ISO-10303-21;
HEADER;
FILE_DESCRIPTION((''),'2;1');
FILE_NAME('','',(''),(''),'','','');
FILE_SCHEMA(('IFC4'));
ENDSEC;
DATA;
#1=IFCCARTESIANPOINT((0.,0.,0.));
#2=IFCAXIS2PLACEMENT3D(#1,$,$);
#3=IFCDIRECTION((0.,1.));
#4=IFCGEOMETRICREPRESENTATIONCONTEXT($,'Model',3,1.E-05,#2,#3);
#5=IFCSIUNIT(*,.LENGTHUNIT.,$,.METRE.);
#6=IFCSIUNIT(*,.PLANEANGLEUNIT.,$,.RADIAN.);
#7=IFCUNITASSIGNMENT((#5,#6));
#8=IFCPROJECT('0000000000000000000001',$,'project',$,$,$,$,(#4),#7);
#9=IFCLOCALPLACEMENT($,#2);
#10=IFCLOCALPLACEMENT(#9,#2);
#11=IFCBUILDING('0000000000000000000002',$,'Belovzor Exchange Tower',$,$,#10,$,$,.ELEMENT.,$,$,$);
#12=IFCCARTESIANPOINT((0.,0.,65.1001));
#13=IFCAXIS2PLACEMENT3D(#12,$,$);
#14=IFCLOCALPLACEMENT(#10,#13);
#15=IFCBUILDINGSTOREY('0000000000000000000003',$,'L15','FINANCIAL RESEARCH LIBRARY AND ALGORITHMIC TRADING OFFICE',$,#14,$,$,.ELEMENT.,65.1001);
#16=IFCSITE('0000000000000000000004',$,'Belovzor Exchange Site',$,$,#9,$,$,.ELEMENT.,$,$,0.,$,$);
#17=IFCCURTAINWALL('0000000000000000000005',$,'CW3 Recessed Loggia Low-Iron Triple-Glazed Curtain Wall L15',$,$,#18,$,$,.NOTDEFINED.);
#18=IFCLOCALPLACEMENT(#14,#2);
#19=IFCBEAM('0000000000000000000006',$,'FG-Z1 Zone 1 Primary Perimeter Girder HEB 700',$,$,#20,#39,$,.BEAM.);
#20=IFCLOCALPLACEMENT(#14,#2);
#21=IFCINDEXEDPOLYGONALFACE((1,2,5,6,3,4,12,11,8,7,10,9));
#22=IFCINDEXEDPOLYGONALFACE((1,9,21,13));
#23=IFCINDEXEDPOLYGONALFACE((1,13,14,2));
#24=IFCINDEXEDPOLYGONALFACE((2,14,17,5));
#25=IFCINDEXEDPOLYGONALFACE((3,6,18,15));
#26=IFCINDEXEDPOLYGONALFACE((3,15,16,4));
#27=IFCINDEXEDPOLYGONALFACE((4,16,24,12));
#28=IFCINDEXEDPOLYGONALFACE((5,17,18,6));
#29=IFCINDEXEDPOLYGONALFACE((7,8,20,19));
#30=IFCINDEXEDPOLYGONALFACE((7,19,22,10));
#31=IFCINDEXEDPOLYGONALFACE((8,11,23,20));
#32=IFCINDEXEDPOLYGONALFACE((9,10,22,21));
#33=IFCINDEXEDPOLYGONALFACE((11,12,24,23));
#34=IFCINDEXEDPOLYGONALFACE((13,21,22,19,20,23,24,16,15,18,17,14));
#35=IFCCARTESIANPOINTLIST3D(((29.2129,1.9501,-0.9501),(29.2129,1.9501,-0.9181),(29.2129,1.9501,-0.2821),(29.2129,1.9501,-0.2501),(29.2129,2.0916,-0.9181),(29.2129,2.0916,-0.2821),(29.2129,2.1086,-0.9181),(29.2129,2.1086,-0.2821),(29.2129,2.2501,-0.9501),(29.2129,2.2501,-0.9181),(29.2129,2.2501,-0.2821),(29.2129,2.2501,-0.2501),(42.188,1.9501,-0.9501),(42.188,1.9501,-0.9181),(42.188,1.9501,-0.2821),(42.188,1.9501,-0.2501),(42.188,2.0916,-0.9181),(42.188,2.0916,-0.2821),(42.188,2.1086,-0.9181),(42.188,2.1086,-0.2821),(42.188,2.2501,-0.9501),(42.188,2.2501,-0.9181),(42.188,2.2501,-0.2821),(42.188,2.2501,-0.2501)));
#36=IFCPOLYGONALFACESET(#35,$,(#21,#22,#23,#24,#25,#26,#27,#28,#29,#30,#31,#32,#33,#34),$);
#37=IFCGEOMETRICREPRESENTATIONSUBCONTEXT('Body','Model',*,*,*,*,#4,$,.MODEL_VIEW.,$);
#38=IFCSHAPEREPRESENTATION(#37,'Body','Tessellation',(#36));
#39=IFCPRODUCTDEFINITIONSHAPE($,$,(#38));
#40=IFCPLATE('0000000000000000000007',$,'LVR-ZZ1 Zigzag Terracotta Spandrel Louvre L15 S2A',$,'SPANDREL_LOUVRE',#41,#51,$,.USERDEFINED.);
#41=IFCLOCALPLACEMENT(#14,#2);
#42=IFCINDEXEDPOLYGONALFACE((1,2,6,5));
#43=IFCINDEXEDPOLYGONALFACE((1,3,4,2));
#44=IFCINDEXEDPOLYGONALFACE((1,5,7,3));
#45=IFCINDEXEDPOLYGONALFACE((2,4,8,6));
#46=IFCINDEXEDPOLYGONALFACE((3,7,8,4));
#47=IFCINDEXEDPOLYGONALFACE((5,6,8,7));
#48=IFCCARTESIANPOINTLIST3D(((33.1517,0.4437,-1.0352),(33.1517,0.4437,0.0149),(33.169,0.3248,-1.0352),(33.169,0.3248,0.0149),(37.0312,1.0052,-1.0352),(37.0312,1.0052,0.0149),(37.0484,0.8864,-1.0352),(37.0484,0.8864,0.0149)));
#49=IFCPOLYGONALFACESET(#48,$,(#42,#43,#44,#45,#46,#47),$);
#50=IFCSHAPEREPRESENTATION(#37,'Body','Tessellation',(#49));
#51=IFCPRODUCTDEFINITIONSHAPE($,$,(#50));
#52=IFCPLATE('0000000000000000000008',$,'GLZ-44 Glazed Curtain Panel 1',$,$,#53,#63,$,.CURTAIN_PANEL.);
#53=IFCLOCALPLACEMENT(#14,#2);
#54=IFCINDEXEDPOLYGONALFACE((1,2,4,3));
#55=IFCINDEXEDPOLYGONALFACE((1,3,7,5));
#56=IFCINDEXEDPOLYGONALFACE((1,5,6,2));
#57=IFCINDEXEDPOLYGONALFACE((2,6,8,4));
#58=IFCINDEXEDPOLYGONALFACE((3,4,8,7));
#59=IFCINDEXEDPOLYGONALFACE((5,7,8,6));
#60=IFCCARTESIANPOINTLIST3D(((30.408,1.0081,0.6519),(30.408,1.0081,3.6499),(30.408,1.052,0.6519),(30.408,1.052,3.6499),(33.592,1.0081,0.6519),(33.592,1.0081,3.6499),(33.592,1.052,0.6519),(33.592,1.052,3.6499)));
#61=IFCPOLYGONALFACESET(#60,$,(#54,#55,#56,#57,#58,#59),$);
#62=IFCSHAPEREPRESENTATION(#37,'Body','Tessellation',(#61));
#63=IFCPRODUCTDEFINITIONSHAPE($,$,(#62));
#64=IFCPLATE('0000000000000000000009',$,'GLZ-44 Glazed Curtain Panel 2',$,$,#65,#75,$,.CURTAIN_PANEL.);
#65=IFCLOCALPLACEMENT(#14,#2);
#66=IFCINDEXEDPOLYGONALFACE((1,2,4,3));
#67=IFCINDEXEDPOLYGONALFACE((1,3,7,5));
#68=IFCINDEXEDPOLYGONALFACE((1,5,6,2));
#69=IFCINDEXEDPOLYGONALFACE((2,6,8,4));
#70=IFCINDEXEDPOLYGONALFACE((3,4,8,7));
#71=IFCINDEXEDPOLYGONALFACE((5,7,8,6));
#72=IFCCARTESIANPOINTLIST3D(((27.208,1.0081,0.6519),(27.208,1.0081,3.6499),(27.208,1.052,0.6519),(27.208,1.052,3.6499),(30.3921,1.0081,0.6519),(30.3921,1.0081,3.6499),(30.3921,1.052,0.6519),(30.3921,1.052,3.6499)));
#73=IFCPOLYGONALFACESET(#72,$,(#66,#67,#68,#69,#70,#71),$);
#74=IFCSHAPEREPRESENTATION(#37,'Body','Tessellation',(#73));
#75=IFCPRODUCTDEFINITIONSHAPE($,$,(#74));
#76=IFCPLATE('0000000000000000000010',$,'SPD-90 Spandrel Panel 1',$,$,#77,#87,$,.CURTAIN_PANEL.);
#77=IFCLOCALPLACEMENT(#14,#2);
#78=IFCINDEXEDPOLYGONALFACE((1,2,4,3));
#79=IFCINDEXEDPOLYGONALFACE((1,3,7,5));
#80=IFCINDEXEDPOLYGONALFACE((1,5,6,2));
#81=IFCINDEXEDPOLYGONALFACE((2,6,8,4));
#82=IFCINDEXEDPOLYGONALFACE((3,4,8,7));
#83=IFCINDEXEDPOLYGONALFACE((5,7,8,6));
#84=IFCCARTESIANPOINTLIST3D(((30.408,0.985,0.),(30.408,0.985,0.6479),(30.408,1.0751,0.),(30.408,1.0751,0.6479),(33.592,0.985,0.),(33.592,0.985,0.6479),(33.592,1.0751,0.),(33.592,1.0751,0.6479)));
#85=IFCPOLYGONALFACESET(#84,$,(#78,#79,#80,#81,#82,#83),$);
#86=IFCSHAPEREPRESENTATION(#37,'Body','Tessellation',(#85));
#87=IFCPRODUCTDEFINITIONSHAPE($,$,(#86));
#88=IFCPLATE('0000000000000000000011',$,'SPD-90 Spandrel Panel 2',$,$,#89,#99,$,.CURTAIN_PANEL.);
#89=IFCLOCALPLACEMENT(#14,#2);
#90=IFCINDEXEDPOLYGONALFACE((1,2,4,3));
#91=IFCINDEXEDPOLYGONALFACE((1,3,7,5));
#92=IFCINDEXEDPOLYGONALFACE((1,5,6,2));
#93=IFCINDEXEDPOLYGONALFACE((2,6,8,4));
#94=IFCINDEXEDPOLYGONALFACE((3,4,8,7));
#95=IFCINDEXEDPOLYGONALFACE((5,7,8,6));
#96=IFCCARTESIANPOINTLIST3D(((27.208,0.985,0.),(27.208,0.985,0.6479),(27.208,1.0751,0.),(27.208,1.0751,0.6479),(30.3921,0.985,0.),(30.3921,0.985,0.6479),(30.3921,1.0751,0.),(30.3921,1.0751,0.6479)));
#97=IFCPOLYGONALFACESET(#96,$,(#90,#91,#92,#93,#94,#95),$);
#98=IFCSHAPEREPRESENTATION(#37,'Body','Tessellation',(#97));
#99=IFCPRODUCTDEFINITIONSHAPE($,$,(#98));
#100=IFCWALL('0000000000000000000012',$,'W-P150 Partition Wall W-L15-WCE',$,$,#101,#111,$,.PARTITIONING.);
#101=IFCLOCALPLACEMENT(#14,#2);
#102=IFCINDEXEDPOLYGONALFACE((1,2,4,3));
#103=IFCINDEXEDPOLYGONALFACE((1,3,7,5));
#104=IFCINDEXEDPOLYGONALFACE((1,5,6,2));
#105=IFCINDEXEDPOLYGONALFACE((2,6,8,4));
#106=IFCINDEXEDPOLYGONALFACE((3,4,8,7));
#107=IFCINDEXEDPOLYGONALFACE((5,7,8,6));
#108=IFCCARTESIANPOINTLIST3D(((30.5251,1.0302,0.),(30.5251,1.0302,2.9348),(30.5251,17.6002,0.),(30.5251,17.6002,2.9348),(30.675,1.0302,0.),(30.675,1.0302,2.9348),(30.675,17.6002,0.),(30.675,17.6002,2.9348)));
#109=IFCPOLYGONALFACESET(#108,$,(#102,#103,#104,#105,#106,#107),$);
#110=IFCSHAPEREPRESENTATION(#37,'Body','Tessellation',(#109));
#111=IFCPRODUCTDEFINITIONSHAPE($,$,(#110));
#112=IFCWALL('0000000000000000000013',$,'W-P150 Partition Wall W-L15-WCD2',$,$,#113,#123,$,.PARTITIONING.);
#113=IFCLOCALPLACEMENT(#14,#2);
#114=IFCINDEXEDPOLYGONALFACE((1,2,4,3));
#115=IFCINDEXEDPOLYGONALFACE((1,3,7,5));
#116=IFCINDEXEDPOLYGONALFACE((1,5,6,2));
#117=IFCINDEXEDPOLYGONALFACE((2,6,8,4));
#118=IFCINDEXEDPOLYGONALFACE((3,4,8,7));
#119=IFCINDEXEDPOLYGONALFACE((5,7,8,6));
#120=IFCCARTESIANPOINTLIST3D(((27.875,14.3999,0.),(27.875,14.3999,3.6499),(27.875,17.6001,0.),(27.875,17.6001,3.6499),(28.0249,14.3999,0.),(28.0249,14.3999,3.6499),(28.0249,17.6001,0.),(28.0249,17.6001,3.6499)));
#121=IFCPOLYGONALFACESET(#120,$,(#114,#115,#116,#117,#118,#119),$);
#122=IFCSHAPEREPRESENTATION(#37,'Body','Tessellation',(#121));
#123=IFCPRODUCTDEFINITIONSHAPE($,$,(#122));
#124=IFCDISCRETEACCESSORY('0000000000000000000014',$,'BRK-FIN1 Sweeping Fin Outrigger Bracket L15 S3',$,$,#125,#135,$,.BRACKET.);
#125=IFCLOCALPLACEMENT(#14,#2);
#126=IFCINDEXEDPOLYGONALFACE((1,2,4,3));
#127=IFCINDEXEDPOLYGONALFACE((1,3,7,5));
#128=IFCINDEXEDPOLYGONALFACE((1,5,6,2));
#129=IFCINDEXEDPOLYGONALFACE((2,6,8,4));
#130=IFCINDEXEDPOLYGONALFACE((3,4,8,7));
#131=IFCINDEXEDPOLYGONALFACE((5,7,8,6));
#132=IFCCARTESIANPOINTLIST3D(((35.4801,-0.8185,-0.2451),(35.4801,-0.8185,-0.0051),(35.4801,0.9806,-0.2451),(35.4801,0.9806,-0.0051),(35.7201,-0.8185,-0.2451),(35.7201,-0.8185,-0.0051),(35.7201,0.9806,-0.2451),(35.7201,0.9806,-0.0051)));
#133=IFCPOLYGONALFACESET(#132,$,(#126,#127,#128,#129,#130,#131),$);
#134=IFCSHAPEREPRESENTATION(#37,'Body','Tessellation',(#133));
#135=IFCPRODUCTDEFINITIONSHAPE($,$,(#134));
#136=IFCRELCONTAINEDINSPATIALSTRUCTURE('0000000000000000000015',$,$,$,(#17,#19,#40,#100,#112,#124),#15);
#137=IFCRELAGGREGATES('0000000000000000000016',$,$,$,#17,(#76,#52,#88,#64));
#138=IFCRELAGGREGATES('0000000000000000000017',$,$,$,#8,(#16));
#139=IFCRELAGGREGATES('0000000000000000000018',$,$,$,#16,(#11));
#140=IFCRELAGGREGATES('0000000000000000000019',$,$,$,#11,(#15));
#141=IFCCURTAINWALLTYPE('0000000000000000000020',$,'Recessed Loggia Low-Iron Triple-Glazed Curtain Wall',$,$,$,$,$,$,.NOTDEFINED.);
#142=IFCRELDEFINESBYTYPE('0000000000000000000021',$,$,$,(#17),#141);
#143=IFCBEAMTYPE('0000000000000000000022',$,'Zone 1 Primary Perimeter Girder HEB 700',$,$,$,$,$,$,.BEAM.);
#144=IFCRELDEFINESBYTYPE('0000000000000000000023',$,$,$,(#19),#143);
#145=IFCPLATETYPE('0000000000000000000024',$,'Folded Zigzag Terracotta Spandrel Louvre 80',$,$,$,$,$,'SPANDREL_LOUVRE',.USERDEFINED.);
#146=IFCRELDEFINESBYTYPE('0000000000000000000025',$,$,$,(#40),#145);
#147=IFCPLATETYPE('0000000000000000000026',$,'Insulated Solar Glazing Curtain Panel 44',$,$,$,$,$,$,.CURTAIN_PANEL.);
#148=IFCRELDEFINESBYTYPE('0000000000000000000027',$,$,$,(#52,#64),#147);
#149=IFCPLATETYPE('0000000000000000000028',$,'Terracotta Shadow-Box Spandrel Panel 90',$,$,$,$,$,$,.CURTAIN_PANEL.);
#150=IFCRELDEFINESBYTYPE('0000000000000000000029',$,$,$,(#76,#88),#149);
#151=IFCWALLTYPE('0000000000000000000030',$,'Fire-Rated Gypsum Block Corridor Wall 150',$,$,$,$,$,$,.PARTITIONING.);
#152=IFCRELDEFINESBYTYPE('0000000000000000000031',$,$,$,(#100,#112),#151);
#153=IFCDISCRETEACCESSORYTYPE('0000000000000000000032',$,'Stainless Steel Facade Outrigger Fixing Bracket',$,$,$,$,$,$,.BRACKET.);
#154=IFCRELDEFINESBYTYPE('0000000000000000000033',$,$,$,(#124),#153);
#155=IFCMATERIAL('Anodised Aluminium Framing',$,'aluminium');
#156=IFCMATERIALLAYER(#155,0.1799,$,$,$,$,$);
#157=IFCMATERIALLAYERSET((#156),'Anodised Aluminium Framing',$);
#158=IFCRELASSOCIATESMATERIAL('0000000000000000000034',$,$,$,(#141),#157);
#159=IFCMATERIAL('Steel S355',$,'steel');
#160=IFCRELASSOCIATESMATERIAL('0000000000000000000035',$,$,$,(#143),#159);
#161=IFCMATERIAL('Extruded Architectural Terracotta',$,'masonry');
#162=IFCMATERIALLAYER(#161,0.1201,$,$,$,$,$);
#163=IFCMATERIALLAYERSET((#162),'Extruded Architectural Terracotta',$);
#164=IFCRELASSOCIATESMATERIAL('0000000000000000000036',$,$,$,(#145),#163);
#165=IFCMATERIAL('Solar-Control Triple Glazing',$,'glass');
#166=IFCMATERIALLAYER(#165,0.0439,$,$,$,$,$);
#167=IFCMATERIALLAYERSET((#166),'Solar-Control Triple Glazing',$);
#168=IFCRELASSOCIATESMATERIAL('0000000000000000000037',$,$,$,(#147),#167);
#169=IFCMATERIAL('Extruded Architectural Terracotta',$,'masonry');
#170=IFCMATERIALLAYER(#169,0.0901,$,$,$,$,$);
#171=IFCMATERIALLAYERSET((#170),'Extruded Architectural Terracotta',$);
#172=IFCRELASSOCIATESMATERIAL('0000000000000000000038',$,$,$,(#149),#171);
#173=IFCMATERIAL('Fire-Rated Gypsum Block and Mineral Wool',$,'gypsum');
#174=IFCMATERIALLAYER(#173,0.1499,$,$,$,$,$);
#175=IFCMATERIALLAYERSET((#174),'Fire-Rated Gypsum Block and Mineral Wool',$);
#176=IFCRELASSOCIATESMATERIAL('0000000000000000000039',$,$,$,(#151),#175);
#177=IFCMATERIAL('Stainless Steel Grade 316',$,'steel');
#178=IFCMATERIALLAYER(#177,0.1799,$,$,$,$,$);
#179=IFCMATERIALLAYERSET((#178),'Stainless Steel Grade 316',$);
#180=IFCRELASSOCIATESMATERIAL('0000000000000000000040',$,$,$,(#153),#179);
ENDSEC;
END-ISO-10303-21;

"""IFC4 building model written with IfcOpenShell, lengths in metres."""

from ifc_helpers import new_model, si_unit, direction, frame, frame_2d, origin, origin_2d, place, context, subcontext, project, spatial, rectangle, i_section, extrude, material, layer, layer_set, material_profile, profile_set, type_object, element, aggregate, save


model = new_model("IFC4")

# Units and contexts
model_context = context("Model", 3, precision=1e-05, world=origin(), true_north=direction((0.0, 1.0)))
body_context = subcontext(model_context, "Body", "Model", "MODEL_VIEW")
ifc_project = project(units=[si_unit("LENGTHUNIT", "METRE"), si_unit("PLANEANGLEUNIT", "RADIAN")], contexts=[model_context])

# Site, building, storey
site_placement = place(None, origin())
site = spatial("IfcSite", under=ifc_project, at=site_placement, Name="Belovzor Exchange Site", CompositionType="ELEMENT", RefElevation=0.0)
building_placement = place(site_placement, origin())
building = spatial("IfcBuilding", under=site, at=building_placement, Name="Belovzor Exchange Tower", CompositionType="ELEMENT")
storey_placement = place(building_placement, frame((0.0, 0.0, 65.1001)))
storey = spatial("IfcBuildingStorey", under=building, at=storey_placement, Name="L15", Description="FINANCIAL RESEARCH LIBRARY AND ALGORITHMIC TRADING OFFICE", CompositionType="ELEMENT", Elevation=65.1001)

# Curtain wall
ifc_material_1 = material(Name="Anodised Aluminium Framing", Category="aluminium")
ifc_layer_1 = layer(ifc_material_1, 0.1799)
ifc_layer_set_1 = layer_set([ifc_layer_1], Name="Anodised Aluminium Framing")
curtain_wall_type = type_object("IfcCurtainWallType", Name="Recessed Loggia Low-Iron Triple-Glazed Curtain Wall", PredefinedType="NOTDEFINED", material=ifc_layer_set_1)
curtain_wall_placement = place(storey_placement, origin())
curtain_wall = element("IfcCurtainWall", 1, at=curtain_wall_placement, inside=storey, type_object=curtain_wall_type, Name="CW3 Recessed Loggia Low-Iron Triple-Glazed Curtain Wall L15", PredefinedType="NOTDEFINED")

# Beam
ifc_material_2 = material(Name="Steel S355", Category="steel")
ifc_material_profile_1 = material_profile(ifc_material_2, i_section(OverallWidth=0.3, OverallDepth=0.7, WebThickness=0.0171, FlangeThickness=0.032, at=origin_2d()))
ifc_profile_set_1 = profile_set([ifc_material_profile_1], Name="Steel S355")
beam_type_1 = type_object("IfcBeamType", Name="Zone 1 Primary Perimeter Girder HEB 700", PredefinedType="BEAM", material=ifc_profile_set_1)
beam_1_placement = place(storey_placement, frame((29.2129, 2.1001, -0.6001), z_axis=(1.0, 0.0, 0.0), x_axis=(0.0, 1.0, 0.0)))
element("IfcBeam", 2, at=beam_1_placement, inside=storey, type_object=beam_type_1, Name="FG-Z1 Zone 1 Primary Perimeter Girder HEB 700", PredefinedType="BEAM", context=body_context, shape_type="SweptSolid", body=[
    extrude(i_section(OverallWidth=0.3, OverallDepth=0.7, WebThickness=0.0171, FlangeThickness=0.032, at=origin_2d()), origin(), (0.0, 0.0, 1.0), 12.9751),
])

# Plates
ifc_material_3 = material(Name="Extruded Architectural Terracotta", Category="masonry")
ifc_layer_2 = layer(ifc_material_3, 0.1201)
ifc_layer_set_2 = layer_set([ifc_layer_2], Name="Extruded Architectural Terracotta")
plate_type_1 = type_object("IfcPlateType", Name="Folded Zigzag Terracotta Spandrel Louvre 80", ElementType="SPANDREL_LOUVRE", PredefinedType="USERDEFINED", material=ifc_layer_set_2)
plate_1_placement = place(storey_placement, frame((35.1001, 0.665, -1.0352), z_axis=(0.0, 0.0, 1.0), x_axis=(0.989686, 0.143251, 0.0)))
element("IfcPlate", 3, at=plate_1_placement, inside=storey, type_object=plate_type_1, Name="LVR-ZZ1 Zigzag Terracotta Spandrel Louvre L15 S2A", ObjectType="SPANDREL_LOUVRE", PredefinedType="USERDEFINED", context=body_context, shape_type="SweptSolid", body=[
    extrude(rectangle(XDim=3.9199, YDim=0.1201, at=origin_2d()), origin(), (0.0, 0.0, 1.0), 1.05),
])
ifc_material_4 = material(Name="Solar-Control Triple Glazing", Category="glass")
ifc_layer_3 = layer(ifc_material_4, 0.0439)
ifc_layer_set_3 = layer_set([ifc_layer_3], Name="Solar-Control Triple Glazing")
plate_type_2 = type_object("IfcPlateType", Name="Insulated Solar Glazing Curtain Panel 44", PredefinedType="CURTAIN_PANEL", material=ifc_layer_set_3)
plate_2_placement = place(storey_placement, frame((32.0, 1.03, 0.6519), z_axis=(0.0, 0.0, 1.0), x_axis=(-1.0, 0.0, 0.0)))
plate_2 = element("IfcPlate", 4, at=plate_2_placement, type_object=plate_type_2, Name="GLZ-44 Glazed Curtain Panel 1", PredefinedType="CURTAIN_PANEL", context=body_context, shape_type="SweptSolid", body=[
    extrude(rectangle(XDim=3.1841, YDim=0.0439, at=origin_2d()), origin(), (0.0, 0.0, 1.0), 2.998),
])
plate_3_placement = place(storey_placement, frame((28.8, 1.03, 0.6519), z_axis=(0.0, 0.0, 1.0), x_axis=(-1.0, 0.0, 0.0)))
plate_3 = element("IfcPlate", 5, at=plate_3_placement, type_object=plate_type_2, Name="GLZ-44 Glazed Curtain Panel 2", PredefinedType="CURTAIN_PANEL", context=body_context, shape_type="SweptSolid", body=[
    extrude(rectangle(XDim=3.1841, YDim=0.0439, at=origin_2d()), origin(), (0.0, 0.0, 1.0), 2.998),
])
ifc_material_5 = material(Name="Extruded Architectural Terracotta", Category="masonry")
ifc_layer_4 = layer(ifc_material_5, 0.0901)
ifc_layer_set_4 = layer_set([ifc_layer_4], Name="Extruded Architectural Terracotta")
plate_type_3 = type_object("IfcPlateType", Name="Terracotta Shadow-Box Spandrel Panel 90", PredefinedType="CURTAIN_PANEL", material=ifc_layer_set_4)
plate_4_placement = place(storey_placement, frame((32.0, 1.03, 0.0), z_axis=(0.0, 0.0, 1.0), x_axis=(-1.0, 0.0, 0.0)))
plate_4 = element("IfcPlate", 6, at=plate_4_placement, type_object=plate_type_3, Name="SPD-90 Spandrel Panel 1", PredefinedType="CURTAIN_PANEL", context=body_context, shape_type="SweptSolid", body=[
    extrude(rectangle(XDim=3.1841, YDim=0.0901, at=origin_2d()), origin(), (0.0, 0.0, 1.0), 0.6479),
])
plate_5_placement = place(storey_placement, frame((28.8, 1.03, 0.0), z_axis=(0.0, 0.0, 1.0), x_axis=(-1.0, 0.0, 0.0)))
plate_5 = element("IfcPlate", 7, at=plate_5_placement, type_object=plate_type_3, Name="SPD-90 Spandrel Panel 2", PredefinedType="CURTAIN_PANEL", context=body_context, shape_type="SweptSolid", body=[
    extrude(rectangle(XDim=3.1841, YDim=0.0901, at=origin_2d()), origin(), (0.0, 0.0, 1.0), 0.6479),
])
aggregate(curtain_wall, [plate_4, plate_2, plate_5, plate_3])

# Walls
ifc_material_6 = material(Name="Fire-Rated Gypsum Block and Mineral Wool", Category="gypsum")
ifc_layer_5 = layer(ifc_material_6, 0.1499)
ifc_layer_set_5 = layer_set([ifc_layer_5], Name="Fire-Rated Gypsum Block and Mineral Wool")
wall_type = type_object("IfcWallType", Name="Fire-Rated Gypsum Block Corridor Wall 150", PredefinedType="PARTITIONING", material=ifc_layer_set_5)
wall_1_placement = place(storey_placement, frame((30.6001, 1.03, 0.0), z_axis=(0.0, 0.0, 1.0), x_axis=(0.0, 1.0, 0.0)))
element("IfcWall", 8, at=wall_1_placement, inside=storey, type_object=wall_type, Name="W-P150 Partition Wall W-L15-WCE", PredefinedType="PARTITIONING", context=body_context, shape_type="SweptSolid", body=[
    extrude(rectangle(XDim=16.5701, YDim=0.1499, at=frame_2d((8.2852, 0.0))), origin(), (0.0, 0.0, 1.0), 2.9348),
])
wall_2_placement = place(storey_placement, frame((27.95, 14.3999, 0.0), z_axis=(0.0, 0.0, 1.0), x_axis=(0.0, 1.0, 0.0)))
element("IfcWall", 9, at=wall_2_placement, inside=storey, type_object=wall_type, Name="W-P150 Partition Wall W-L15-WCD2", PredefinedType="PARTITIONING", context=body_context, shape_type="SweptSolid", body=[
    extrude(rectangle(XDim=3.2002, YDim=0.1499, at=frame_2d((1.6001, 0.0))), origin(), (0.0, 0.0, 1.0), 3.6499),
])

# Discrete accessory
ifc_material_7 = material(Name="Stainless Steel Grade 316", Category="steel")
ifc_layer_6 = layer(ifc_material_7, 0.1799)
ifc_layer_set_6 = layer_set([ifc_layer_6], Name="Stainless Steel Grade 316")
discrete_accessory_type = type_object("IfcDiscreteAccessoryType", Name="Stainless Steel Facade Outrigger Fixing Bracket", PredefinedType="BRACKET", material=ifc_layer_set_6)
discrete_accessory_placement = place(storey_placement, frame((35.6001, 0.0811, -0.2451), z_axis=(0.0, 0.0, 1.0), x_axis=(0.0, 1.0, 0.0)))
element("IfcDiscreteAccessory", 10, at=discrete_accessory_placement, inside=storey, type_object=discrete_accessory_type, Name="BRK-FIN1 Sweeping Fin Outrigger Bracket L15 S3", PredefinedType="BRACKET", context=body_context, shape_type="SweptSolid", body=[
    extrude(rectangle(XDim=1.7991, YDim=0.24, at=origin_2d()), origin(), (0.0, 0.0, 1.0), 0.24),
])

save(model, "model.ifc")
